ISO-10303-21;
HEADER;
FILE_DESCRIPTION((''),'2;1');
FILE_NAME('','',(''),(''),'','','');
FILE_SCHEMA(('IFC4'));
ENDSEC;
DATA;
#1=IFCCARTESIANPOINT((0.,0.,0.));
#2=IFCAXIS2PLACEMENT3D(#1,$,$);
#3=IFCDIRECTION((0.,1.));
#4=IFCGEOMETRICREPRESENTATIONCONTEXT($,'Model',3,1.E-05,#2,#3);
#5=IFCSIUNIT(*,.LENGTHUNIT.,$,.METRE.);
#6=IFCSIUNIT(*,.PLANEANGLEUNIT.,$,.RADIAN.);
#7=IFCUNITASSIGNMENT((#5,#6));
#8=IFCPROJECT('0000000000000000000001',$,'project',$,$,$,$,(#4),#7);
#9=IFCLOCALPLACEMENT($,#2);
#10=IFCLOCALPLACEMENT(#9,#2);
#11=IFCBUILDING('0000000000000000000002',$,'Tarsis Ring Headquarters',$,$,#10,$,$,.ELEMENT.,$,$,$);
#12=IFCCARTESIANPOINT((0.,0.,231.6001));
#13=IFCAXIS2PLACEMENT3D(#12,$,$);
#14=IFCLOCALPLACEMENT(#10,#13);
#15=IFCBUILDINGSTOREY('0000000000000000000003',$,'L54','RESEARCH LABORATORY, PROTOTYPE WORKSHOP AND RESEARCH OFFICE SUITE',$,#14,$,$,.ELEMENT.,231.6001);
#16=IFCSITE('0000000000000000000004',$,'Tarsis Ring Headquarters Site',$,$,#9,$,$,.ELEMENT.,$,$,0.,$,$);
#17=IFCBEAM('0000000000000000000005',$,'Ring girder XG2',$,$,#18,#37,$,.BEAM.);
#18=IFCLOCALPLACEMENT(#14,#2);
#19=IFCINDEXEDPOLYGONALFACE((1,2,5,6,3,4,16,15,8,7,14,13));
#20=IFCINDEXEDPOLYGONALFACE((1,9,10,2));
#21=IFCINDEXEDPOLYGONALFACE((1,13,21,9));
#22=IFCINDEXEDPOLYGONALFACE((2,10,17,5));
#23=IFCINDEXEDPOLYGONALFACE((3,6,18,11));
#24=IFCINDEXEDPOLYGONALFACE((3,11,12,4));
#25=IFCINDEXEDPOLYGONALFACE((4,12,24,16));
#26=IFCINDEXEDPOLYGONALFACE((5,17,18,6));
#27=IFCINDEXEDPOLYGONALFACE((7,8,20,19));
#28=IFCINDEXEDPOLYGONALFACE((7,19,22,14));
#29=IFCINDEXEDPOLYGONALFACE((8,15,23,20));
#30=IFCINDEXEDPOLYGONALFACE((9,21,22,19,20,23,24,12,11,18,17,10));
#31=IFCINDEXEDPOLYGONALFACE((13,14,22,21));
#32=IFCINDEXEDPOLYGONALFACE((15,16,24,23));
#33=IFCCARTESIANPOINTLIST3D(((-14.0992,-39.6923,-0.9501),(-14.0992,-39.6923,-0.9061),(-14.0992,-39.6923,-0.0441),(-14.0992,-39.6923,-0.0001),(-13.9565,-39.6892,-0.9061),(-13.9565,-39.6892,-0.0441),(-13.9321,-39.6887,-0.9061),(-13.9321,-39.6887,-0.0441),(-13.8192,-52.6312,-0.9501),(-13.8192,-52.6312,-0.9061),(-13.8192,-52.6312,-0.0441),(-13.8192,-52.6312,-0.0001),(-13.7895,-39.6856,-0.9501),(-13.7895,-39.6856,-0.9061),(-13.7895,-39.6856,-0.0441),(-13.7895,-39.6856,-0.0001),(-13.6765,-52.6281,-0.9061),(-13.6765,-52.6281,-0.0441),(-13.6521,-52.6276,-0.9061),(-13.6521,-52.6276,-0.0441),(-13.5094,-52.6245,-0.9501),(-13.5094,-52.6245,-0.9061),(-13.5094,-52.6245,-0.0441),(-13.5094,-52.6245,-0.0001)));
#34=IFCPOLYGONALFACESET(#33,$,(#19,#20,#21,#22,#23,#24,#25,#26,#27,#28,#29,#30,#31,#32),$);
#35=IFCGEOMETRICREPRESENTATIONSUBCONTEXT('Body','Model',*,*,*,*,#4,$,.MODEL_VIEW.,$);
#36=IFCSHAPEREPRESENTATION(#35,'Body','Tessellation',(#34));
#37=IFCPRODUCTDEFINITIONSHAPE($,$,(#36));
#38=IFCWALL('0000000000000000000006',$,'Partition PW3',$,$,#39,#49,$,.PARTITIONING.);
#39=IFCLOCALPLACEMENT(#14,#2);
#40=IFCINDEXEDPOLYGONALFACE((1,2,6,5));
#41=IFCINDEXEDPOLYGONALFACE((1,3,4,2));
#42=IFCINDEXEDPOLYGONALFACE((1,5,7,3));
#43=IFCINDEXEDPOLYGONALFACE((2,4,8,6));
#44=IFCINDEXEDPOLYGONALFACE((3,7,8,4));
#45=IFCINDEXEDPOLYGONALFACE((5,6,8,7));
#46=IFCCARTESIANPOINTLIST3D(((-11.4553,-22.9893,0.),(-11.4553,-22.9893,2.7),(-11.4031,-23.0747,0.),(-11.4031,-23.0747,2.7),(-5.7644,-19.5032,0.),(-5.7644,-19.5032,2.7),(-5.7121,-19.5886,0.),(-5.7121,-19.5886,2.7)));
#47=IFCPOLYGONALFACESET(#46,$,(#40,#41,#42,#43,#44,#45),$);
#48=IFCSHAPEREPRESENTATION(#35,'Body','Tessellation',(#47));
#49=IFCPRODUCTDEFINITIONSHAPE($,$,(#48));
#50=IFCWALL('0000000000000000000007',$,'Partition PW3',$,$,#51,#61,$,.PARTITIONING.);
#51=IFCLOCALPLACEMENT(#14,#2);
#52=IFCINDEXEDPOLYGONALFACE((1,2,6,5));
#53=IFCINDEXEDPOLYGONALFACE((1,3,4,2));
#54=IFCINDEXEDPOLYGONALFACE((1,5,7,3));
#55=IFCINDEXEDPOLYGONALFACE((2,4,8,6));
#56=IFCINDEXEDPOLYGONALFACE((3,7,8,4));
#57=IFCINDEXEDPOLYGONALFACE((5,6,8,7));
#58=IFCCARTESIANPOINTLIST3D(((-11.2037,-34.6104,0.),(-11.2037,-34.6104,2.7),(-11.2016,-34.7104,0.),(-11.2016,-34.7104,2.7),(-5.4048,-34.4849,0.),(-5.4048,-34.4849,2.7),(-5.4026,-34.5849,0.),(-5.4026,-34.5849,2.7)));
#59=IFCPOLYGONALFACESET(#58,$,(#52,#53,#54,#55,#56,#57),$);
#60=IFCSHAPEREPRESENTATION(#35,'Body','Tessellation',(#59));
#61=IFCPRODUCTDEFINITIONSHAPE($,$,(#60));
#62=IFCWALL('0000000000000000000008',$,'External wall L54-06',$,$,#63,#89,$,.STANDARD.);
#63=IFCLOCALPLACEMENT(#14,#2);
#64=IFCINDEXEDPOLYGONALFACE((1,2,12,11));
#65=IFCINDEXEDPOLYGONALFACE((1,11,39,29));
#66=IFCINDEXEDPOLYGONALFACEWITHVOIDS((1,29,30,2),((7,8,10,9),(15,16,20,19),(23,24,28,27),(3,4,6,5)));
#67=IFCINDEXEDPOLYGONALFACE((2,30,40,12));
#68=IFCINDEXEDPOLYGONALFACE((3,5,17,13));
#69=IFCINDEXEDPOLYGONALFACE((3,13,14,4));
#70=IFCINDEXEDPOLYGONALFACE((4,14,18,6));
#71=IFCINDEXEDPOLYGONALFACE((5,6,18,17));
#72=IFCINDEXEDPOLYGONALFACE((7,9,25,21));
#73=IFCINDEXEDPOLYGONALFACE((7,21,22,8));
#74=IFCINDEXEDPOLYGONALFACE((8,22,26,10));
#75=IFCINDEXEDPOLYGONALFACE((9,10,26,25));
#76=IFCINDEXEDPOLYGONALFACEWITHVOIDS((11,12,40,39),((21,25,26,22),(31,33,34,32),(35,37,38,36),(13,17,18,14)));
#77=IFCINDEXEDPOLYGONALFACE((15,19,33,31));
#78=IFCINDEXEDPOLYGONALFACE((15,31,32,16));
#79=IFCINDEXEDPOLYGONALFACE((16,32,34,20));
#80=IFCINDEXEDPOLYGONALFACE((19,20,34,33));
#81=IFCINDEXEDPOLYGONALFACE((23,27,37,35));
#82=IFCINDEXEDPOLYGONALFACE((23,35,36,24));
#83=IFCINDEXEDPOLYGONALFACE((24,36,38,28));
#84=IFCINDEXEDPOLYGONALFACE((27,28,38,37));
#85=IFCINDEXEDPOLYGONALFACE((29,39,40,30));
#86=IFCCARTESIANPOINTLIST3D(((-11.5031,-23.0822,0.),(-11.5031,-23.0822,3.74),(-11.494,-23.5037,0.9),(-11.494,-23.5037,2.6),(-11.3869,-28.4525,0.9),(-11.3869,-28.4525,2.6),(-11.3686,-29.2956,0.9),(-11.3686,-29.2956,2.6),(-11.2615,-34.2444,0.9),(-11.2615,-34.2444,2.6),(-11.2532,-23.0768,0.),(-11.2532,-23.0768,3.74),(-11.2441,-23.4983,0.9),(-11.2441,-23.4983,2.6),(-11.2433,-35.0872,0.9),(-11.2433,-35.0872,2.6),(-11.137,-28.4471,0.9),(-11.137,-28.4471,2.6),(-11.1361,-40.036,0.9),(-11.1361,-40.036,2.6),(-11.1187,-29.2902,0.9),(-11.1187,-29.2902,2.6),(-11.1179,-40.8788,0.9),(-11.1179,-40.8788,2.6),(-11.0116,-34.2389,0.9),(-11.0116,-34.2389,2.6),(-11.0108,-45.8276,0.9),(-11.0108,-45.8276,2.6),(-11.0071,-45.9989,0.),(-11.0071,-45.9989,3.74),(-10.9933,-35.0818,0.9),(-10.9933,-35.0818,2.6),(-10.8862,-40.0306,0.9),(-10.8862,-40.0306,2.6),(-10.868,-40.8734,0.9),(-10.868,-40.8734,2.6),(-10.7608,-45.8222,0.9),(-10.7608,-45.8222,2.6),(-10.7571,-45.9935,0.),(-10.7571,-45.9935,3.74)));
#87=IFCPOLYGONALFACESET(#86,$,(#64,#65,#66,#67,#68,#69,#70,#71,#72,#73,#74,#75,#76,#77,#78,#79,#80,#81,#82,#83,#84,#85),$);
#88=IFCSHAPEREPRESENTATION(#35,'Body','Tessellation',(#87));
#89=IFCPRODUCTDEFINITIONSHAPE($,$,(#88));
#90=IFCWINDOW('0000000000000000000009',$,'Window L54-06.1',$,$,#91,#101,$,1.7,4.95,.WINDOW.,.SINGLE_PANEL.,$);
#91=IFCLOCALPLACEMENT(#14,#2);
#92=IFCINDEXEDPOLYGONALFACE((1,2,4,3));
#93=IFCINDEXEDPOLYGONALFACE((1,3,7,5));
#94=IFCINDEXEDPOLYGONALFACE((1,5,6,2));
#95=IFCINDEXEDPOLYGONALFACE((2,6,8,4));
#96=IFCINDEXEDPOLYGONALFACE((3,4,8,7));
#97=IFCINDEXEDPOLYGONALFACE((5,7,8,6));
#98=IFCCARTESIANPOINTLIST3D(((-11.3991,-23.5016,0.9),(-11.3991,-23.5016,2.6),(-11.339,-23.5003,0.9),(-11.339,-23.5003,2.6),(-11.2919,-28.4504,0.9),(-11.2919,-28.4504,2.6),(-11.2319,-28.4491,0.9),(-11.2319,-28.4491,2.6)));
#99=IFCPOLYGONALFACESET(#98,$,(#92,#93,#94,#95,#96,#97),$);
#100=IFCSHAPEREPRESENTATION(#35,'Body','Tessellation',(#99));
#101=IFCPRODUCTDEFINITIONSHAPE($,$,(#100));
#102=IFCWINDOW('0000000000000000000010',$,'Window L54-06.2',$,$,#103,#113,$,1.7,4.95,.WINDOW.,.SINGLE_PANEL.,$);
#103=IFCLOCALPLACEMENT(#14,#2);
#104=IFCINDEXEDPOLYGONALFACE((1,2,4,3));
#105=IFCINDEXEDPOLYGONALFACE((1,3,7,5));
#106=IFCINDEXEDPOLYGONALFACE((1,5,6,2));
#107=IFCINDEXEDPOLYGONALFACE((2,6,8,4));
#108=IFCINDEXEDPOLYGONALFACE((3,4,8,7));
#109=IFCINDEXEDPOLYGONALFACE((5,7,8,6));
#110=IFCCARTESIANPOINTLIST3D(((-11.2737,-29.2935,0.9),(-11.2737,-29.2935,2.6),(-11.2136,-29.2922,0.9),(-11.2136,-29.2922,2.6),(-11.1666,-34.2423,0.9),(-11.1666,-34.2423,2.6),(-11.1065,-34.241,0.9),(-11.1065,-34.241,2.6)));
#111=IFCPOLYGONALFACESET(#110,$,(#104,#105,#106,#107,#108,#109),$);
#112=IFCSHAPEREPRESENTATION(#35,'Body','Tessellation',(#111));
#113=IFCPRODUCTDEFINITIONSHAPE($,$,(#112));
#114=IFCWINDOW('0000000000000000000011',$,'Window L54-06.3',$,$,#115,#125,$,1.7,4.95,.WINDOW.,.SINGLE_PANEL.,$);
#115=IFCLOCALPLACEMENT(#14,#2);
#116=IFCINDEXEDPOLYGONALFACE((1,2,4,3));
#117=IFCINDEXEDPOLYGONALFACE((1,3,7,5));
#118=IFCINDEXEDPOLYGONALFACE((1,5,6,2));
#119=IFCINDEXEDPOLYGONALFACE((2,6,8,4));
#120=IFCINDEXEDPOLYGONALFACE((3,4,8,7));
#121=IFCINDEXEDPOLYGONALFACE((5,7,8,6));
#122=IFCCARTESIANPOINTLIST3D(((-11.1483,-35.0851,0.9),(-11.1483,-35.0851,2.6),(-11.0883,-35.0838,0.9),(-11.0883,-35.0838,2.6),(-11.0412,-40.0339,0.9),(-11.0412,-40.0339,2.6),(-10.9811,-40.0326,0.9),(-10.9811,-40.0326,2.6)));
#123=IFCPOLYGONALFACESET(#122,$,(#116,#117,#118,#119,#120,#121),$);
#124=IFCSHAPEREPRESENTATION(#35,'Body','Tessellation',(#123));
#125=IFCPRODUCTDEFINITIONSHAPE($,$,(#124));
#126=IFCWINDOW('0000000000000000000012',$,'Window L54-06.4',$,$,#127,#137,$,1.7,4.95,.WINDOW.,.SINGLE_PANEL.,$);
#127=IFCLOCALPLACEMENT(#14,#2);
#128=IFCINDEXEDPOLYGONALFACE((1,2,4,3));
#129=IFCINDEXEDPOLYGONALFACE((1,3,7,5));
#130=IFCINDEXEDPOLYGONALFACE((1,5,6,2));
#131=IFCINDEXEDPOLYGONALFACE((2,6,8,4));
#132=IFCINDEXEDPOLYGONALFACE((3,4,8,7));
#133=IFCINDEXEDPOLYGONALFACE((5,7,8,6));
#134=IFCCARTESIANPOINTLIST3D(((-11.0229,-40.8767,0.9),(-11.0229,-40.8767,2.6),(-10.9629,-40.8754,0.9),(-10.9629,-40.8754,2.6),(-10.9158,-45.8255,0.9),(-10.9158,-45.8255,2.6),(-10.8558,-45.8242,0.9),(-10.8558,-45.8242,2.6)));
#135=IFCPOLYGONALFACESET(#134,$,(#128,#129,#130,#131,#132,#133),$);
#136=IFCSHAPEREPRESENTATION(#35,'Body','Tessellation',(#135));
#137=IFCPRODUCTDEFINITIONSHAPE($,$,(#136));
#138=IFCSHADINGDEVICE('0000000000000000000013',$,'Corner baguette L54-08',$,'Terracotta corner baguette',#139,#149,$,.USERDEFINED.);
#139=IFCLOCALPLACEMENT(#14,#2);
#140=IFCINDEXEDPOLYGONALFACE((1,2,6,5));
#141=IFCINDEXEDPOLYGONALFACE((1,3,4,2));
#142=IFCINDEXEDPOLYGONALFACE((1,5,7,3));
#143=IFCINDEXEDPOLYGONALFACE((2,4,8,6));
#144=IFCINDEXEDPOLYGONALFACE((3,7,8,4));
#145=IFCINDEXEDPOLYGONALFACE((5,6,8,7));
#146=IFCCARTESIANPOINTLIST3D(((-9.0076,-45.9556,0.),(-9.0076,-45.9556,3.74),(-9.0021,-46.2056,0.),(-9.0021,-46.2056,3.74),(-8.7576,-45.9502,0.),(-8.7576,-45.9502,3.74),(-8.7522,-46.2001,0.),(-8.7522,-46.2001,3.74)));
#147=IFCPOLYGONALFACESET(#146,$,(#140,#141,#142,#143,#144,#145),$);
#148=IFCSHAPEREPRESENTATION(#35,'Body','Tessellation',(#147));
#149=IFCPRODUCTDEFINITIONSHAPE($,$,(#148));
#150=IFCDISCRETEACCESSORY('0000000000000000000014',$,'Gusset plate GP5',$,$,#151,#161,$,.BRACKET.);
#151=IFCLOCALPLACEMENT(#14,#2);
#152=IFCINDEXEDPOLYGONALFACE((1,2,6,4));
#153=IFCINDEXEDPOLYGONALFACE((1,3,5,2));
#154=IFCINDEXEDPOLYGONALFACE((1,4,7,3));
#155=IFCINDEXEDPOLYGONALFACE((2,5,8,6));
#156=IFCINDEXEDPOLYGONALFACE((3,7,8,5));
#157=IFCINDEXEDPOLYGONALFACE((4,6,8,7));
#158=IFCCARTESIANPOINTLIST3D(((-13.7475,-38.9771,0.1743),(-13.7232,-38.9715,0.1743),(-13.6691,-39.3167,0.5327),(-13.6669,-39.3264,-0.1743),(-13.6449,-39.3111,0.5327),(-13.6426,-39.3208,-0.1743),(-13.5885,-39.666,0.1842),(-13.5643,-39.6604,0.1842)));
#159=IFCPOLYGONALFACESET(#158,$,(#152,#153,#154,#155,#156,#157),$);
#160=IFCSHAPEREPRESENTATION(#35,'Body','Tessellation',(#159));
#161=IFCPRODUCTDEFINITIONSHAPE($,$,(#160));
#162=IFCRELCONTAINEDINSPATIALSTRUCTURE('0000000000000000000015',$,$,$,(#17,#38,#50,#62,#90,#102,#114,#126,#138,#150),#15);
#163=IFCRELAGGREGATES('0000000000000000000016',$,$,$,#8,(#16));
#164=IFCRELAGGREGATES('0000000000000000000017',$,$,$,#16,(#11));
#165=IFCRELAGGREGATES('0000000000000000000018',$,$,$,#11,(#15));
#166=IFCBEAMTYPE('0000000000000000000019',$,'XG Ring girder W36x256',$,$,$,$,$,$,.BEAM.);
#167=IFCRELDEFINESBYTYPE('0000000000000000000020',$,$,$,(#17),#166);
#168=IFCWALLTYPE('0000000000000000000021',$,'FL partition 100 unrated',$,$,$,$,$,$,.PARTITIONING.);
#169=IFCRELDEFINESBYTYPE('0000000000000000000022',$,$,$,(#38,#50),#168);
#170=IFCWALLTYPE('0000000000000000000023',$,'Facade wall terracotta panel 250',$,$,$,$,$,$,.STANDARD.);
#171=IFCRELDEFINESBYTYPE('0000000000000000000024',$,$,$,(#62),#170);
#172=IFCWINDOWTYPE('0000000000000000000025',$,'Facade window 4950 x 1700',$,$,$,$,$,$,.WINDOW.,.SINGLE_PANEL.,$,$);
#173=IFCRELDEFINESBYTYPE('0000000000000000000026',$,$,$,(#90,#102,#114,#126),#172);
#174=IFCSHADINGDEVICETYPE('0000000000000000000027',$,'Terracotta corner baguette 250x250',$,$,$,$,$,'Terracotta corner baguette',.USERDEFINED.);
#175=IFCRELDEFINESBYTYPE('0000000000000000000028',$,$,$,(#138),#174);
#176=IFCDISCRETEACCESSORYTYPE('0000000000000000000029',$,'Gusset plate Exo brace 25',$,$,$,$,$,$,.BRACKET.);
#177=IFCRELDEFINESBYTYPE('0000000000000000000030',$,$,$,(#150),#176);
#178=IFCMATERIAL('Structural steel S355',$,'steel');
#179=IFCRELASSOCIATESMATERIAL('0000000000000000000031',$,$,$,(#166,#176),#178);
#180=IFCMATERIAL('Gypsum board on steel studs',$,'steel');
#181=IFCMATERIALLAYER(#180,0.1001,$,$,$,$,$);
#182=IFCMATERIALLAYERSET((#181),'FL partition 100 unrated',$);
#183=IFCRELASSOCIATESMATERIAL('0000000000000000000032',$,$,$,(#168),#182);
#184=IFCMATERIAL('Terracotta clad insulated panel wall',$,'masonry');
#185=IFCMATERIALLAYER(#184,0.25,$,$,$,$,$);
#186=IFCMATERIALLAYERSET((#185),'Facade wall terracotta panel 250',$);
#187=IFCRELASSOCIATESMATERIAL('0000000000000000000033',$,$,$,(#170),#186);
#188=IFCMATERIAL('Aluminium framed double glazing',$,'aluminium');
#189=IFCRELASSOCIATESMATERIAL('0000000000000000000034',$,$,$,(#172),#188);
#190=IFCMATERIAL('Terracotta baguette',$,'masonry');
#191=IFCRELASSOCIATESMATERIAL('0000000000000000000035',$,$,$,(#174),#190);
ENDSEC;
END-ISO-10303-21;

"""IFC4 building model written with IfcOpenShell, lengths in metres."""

from ifc_helpers import new_model, si_unit, direction, frame, frame_2d, origin, origin_2d, place, context, subcontext, project, spatial, rectangle, i_section, extrude, material, layer, layer_set, material_profile, profile_set, type_object, element, fill, save


model = new_model("IFC4")

# Units and contexts
model_context = context("Model", 3, precision=1e-05, world=origin(), true_north=direction((0.0, 1.0)))
body_context = subcontext(model_context, "Body", "Model", "MODEL_VIEW")
ifc_project = project(units=[si_unit("LENGTHUNIT", "METRE"), si_unit("PLANEANGLEUNIT", "RADIAN")], contexts=[model_context])

# Site, building, storey
site_placement = place(None, origin())
site = spatial("IfcSite", under=ifc_project, at=site_placement, Name="Tarsis Ring Headquarters Site", CompositionType="ELEMENT", RefElevation=0.0)
building_placement = place(site_placement, origin())
building = spatial("IfcBuilding", under=site, at=building_placement, Name="Tarsis Ring Headquarters", CompositionType="ELEMENT")
storey_placement = place(building_placement, frame((0.0, 0.0, 231.6001)))
storey = spatial("IfcBuildingStorey", under=building, at=storey_placement, Name="L54", Description="RESEARCH LABORATORY, PROTOTYPE WORKSHOP AND RESEARCH OFFICE SUITE", CompositionType="ELEMENT", Elevation=231.6001)

# Shared definitions
ifc_material_1 = material(Name="Structural steel S355", Category="steel")

# Shared definitions
ifc_material_profile_1 = material_profile(ifc_material_1, i_section(OverallWidth=0.3098, OverallDepth=0.95, WebThickness=0.0244, FlangeThickness=0.0439, at=origin_2d()), Name="W36x256")
ifc_profile_set_1 = profile_set([ifc_material_profile_1], Name="Structural steel S355")

# Beam
beam_type_1 = type_object("IfcBeamType", Name="XG Ring girder W36x256", PredefinedType="BEAM", material=ifc_profile_set_1)
beam_1_placement = place(storey_placement, frame((-13.9443, -39.689, -0.4751), z_axis=(0.021637, -0.999766, 0.0), x_axis=(0.999766, 0.021637, 0.0)))
element("IfcBeam", 1, at=beam_1_placement, inside=storey, type_object=beam_type_1, Name="Ring girder XG2", PredefinedType="BEAM", context=body_context, shape_type="SweptSolid", body=[
    extrude(i_section(OverallWidth=0.3098, OverallDepth=0.95, WebThickness=0.0244, FlangeThickness=0.0439, at=origin_2d()), origin(), (0.0, 0.0, 1.0), 12.9419),
])

# Walls
ifc_material_2 = material(Name="Gypsum board on steel studs", Category="steel")
ifc_layer_1 = layer(ifc_material_2, 0.1001)
ifc_layer_set_1 = layer_set([ifc_layer_1], Name="FL partition 100 unrated")
wall_type_1 = type_object("IfcWallType", Name="FL partition 100 unrated", PredefinedType="PARTITIONING", material=ifc_layer_set_1)
wall_1_placement = place(storey_placement, frame((-11.4292, -23.032, 0.0), z_axis=(0.0, 0.0, 1.0), x_axis=(0.852728, 0.522355, 0.0)))
element("IfcWall", 2, at=wall_1_placement, inside=storey, type_object=wall_type_1, Name="Partition PW3", PredefinedType="PARTITIONING", context=body_context, shape_type="SweptSolid", body=[
    extrude(rectangle(XDim=6.6738, YDim=0.1001, at=frame_2d((3.3369, 0.0))), origin(), (0.0, 0.0, 1.0), 2.7),
])
wall_2_placement = place(storey_placement, frame((-11.2026, -34.6604, 0.0), z_axis=(0.0, 0.0, 1.0), x_axis=(0.999766, 0.021635, 0.0)))
element("IfcWall", 3, at=wall_2_placement, inside=storey, type_object=wall_type_1, Name="Partition PW3", PredefinedType="PARTITIONING", context=body_context, shape_type="SweptSolid", body=[
    extrude(rectangle(XDim=5.8003, YDim=0.1001, at=frame_2d((2.9001, 0.0))), origin(), (0.0, 0.0, 1.0), 2.7),
])

# Wall, openings, windows
ifc_material_3 = material(Name="Terracotta clad insulated panel wall", Category="masonry")
ifc_layer_2 = layer(ifc_material_3, 0.25)
ifc_layer_set_2 = layer_set([ifc_layer_2], Name="Facade wall terracotta panel 250")
wall_type_2 = type_object("IfcWallType", Name="Facade wall terracotta panel 250", PredefinedType="STANDARD", material=ifc_layer_set_2)
wall_3_placement = place(storey_placement, frame((-11.3782, -23.0796, 0.0), z_axis=(0.0, 0.0, 1.0), x_axis=(0.021643, -0.999766, 0.0)))
wall_3 = element("IfcWall", 4, at=wall_3_placement, inside=storey, type_object=wall_type_2, Name="External wall L54-06", PredefinedType="STANDARD", context=body_context, shape_type="SweptSolid", body=[
    extrude(rectangle(XDim=22.9221, YDim=0.25, at=frame_2d((11.4609, 0.0))), origin(), (0.0, 0.0, 1.0), 3.74),
])
opening_1_placement = place(wall_3_placement, frame((0.4214, 0.0, 0.8999)))
opening_1 = element("IfcOpeningElement", 5, at=opening_1_placement, cuts=wall_3, PredefinedType="OPENING", context=body_context, shape_type="SweptSolid", body=[
    extrude(rectangle(XDim=4.95, YDim=1.7, at=frame_2d((2.4751, 0.8501))), frame((0.0, 0.135, 0.0), z_axis=(0.0, -1.0, 0.0), x_axis=(1.0, 0.0, 0.0)), (0.0, 0.0, 1.0), 0.27),
])
opening_2_placement = place(wall_3_placement, frame((6.2146, 0.0, 0.8999)))
opening_2 = element("IfcOpeningElement", 6, at=opening_2_placement, cuts=wall_3, PredefinedType="OPENING", context=body_context, shape_type="SweptSolid", body=[
    extrude(rectangle(XDim=4.95, YDim=1.7, at=frame_2d((2.4751, 0.8501))), frame((0.0, 0.135, 0.0), z_axis=(0.0, -1.0, 0.0), x_axis=(1.0, 0.0, 0.0)), (0.0, 0.0, 1.0), 0.27),
])
opening_3_placement = place(wall_3_placement, frame((12.0076, 0.0, 0.8999)))
opening_3 = element("IfcOpeningElement", 7, at=opening_3_placement, cuts=wall_3, PredefinedType="OPENING", context=body_context, shape_type="SweptSolid", body=[
    extrude(rectangle(XDim=4.95, YDim=1.7, at=frame_2d((2.4751, 0.8501))), frame((0.0, 0.135, 0.0), z_axis=(0.0, -1.0, 0.0), x_axis=(1.0, 0.0, 0.0)), (0.0, 0.0, 1.0), 0.27),
])
opening_4_placement = place(wall_3_placement, frame((17.8005, 0.0, 0.8999)))
opening_4 = element("IfcOpeningElement", 8, at=opening_4_placement, cuts=wall_3, PredefinedType="OPENING", context=body_context, shape_type="SweptSolid", body=[
    extrude(rectangle(XDim=4.95, YDim=1.7, at=frame_2d((2.4751, 0.8501))), frame((0.0, 0.135, 0.0), z_axis=(0.0, -1.0, 0.0), x_axis=(1.0, 0.0, 0.0)), (0.0, 0.0, 1.0), 0.27),
])
ifc_material_4 = material(Name="Aluminium framed double glazing", Category="aluminium")
window_type = type_object("IfcWindowType", Name="Facade window 4950 x 1700", PartitioningType="SINGLE_PANEL", PredefinedType="WINDOW", material=ifc_material_4)
window_1_placement = place(opening_1_placement, origin())
window_1 = element("IfcWindow", 9, at=window_1_placement, inside=storey, type_object=window_type, Name="Window L54-06.1", OverallHeight=1.7, OverallWidth=4.95, PartitioningType="SINGLE_PANEL", PredefinedType="WINDOW", context=body_context, shape_type="SweptSolid", body=[
    extrude(rectangle(XDim=4.95, YDim=1.7, at=frame_2d((2.4751, 0.8501))), frame((0.0, 0.03, 0.0), z_axis=(0.0, -1.0, 0.0), x_axis=(1.0, 0.0, 0.0)), (0.0, 0.0, 1.0), 0.0601),
])
fill(opening_1, window_1)
window_2_placement = place(opening_2_placement, origin())
window_2 = element("IfcWindow", 10, at=window_2_placement, inside=storey, type_object=window_type, Name="Window L54-06.2", OverallHeight=1.7, OverallWidth=4.95, PartitioningType="SINGLE_PANEL", PredefinedType="WINDOW", context=body_context, shape_type="SweptSolid", body=[
    extrude(rectangle(XDim=4.95, YDim=1.7, at=frame_2d((2.4751, 0.8501))), frame((0.0, 0.03, 0.0), z_axis=(0.0, -1.0, 0.0), x_axis=(1.0, 0.0, 0.0)), (0.0, 0.0, 1.0), 0.0601),
])
fill(opening_2, window_2)
window_3_placement = place(opening_3_placement, origin())
window_3 = element("IfcWindow", 11, at=window_3_placement, inside=storey, type_object=window_type, Name="Window L54-06.3", OverallHeight=1.7, OverallWidth=4.95, PartitioningType="SINGLE_PANEL", PredefinedType="WINDOW", context=body_context, shape_type="SweptSolid", body=[
    extrude(rectangle(XDim=4.95, YDim=1.7, at=frame_2d((2.4751, 0.8501))), frame((0.0, 0.03, 0.0), z_axis=(0.0, -1.0, 0.0), x_axis=(1.0, 0.0, 0.0)), (0.0, 0.0, 1.0), 0.0601),
])
fill(opening_3, window_3)
window_4_placement = place(opening_4_placement, origin())
window_4 = element("IfcWindow", 12, at=window_4_placement, inside=storey, type_object=window_type, Name="Window L54-06.4", OverallHeight=1.7, OverallWidth=4.95, PartitioningType="SINGLE_PANEL", PredefinedType="WINDOW", context=body_context, shape_type="SweptSolid", body=[
    extrude(rectangle(XDim=4.95, YDim=1.7, at=frame_2d((2.4751, 0.8501))), frame((0.0, 0.03, 0.0), z_axis=(0.0, -1.0, 0.0), x_axis=(1.0, 0.0, 0.0)), (0.0, 0.0, 1.0), 0.0601),
])
fill(opening_4, window_4)

# Shading device
ifc_material_5 = material(Name="Terracotta baguette", Category="masonry")
shading_device_type_1 = type_object("IfcShadingDeviceType", Name="Terracotta corner baguette 250x250", ElementType="Terracotta corner baguette", PredefinedType="USERDEFINED", material=ifc_material_5)
shading_device_1_placement = place(storey_placement, frame((-8.8799, -46.0779, 0.0), z_axis=(0.0, 0.0, 1.0), x_axis=(0.999766, 0.02164, 0.0)))
element("IfcShadingDevice", 13, at=shading_device_1_placement, inside=storey, type_object=shading_device_type_1, Name="Corner baguette L54-08", ObjectType="Terracotta corner baguette", PredefinedType="USERDEFINED", context=body_context, shape_type="SweptSolid", body=[
    extrude(rectangle(XDim=0.25, YDim=0.25, at=origin_2d()), origin(), (0.0, 0.0, 1.0), 3.74),
])

# Discrete accessory
ifc_material_profile_2 = material_profile(ifc_material_1, rectangle(XDim=0.0249, YDim=0.5, at=origin_2d()), Name="PL 25x500")
ifc_profile_set_2 = profile_set([ifc_material_profile_2], Name="Structural steel S355")
discrete_accessory_type = type_object("IfcDiscreteAccessoryType", Name="Gusset plate Exo brace 25", PredefinedType="BRACKET", material=ifc_profile_set_2)
discrete_accessory_placement = place(storey_placement, frame((-13.6951, -39.1489, 0.0), z_axis=(0.156764, -0.679309, 0.716913), x_axis=(0.974391, 0.22486, 0.0)))
element("IfcDiscreteAccessory", 14, at=discrete_accessory_placement, inside=storey, type_object=discrete_accessory_type, Name="Gusset plate GP5", PredefinedType="BRACKET", context=body_context, shape_type="SweptSolid", body=[
    extrude(rectangle(XDim=0.0249, YDim=0.5, at=origin_2d()), origin(), (0.0, 0.0, 1.0), 0.5),
])

save(model, "model.ifc")
